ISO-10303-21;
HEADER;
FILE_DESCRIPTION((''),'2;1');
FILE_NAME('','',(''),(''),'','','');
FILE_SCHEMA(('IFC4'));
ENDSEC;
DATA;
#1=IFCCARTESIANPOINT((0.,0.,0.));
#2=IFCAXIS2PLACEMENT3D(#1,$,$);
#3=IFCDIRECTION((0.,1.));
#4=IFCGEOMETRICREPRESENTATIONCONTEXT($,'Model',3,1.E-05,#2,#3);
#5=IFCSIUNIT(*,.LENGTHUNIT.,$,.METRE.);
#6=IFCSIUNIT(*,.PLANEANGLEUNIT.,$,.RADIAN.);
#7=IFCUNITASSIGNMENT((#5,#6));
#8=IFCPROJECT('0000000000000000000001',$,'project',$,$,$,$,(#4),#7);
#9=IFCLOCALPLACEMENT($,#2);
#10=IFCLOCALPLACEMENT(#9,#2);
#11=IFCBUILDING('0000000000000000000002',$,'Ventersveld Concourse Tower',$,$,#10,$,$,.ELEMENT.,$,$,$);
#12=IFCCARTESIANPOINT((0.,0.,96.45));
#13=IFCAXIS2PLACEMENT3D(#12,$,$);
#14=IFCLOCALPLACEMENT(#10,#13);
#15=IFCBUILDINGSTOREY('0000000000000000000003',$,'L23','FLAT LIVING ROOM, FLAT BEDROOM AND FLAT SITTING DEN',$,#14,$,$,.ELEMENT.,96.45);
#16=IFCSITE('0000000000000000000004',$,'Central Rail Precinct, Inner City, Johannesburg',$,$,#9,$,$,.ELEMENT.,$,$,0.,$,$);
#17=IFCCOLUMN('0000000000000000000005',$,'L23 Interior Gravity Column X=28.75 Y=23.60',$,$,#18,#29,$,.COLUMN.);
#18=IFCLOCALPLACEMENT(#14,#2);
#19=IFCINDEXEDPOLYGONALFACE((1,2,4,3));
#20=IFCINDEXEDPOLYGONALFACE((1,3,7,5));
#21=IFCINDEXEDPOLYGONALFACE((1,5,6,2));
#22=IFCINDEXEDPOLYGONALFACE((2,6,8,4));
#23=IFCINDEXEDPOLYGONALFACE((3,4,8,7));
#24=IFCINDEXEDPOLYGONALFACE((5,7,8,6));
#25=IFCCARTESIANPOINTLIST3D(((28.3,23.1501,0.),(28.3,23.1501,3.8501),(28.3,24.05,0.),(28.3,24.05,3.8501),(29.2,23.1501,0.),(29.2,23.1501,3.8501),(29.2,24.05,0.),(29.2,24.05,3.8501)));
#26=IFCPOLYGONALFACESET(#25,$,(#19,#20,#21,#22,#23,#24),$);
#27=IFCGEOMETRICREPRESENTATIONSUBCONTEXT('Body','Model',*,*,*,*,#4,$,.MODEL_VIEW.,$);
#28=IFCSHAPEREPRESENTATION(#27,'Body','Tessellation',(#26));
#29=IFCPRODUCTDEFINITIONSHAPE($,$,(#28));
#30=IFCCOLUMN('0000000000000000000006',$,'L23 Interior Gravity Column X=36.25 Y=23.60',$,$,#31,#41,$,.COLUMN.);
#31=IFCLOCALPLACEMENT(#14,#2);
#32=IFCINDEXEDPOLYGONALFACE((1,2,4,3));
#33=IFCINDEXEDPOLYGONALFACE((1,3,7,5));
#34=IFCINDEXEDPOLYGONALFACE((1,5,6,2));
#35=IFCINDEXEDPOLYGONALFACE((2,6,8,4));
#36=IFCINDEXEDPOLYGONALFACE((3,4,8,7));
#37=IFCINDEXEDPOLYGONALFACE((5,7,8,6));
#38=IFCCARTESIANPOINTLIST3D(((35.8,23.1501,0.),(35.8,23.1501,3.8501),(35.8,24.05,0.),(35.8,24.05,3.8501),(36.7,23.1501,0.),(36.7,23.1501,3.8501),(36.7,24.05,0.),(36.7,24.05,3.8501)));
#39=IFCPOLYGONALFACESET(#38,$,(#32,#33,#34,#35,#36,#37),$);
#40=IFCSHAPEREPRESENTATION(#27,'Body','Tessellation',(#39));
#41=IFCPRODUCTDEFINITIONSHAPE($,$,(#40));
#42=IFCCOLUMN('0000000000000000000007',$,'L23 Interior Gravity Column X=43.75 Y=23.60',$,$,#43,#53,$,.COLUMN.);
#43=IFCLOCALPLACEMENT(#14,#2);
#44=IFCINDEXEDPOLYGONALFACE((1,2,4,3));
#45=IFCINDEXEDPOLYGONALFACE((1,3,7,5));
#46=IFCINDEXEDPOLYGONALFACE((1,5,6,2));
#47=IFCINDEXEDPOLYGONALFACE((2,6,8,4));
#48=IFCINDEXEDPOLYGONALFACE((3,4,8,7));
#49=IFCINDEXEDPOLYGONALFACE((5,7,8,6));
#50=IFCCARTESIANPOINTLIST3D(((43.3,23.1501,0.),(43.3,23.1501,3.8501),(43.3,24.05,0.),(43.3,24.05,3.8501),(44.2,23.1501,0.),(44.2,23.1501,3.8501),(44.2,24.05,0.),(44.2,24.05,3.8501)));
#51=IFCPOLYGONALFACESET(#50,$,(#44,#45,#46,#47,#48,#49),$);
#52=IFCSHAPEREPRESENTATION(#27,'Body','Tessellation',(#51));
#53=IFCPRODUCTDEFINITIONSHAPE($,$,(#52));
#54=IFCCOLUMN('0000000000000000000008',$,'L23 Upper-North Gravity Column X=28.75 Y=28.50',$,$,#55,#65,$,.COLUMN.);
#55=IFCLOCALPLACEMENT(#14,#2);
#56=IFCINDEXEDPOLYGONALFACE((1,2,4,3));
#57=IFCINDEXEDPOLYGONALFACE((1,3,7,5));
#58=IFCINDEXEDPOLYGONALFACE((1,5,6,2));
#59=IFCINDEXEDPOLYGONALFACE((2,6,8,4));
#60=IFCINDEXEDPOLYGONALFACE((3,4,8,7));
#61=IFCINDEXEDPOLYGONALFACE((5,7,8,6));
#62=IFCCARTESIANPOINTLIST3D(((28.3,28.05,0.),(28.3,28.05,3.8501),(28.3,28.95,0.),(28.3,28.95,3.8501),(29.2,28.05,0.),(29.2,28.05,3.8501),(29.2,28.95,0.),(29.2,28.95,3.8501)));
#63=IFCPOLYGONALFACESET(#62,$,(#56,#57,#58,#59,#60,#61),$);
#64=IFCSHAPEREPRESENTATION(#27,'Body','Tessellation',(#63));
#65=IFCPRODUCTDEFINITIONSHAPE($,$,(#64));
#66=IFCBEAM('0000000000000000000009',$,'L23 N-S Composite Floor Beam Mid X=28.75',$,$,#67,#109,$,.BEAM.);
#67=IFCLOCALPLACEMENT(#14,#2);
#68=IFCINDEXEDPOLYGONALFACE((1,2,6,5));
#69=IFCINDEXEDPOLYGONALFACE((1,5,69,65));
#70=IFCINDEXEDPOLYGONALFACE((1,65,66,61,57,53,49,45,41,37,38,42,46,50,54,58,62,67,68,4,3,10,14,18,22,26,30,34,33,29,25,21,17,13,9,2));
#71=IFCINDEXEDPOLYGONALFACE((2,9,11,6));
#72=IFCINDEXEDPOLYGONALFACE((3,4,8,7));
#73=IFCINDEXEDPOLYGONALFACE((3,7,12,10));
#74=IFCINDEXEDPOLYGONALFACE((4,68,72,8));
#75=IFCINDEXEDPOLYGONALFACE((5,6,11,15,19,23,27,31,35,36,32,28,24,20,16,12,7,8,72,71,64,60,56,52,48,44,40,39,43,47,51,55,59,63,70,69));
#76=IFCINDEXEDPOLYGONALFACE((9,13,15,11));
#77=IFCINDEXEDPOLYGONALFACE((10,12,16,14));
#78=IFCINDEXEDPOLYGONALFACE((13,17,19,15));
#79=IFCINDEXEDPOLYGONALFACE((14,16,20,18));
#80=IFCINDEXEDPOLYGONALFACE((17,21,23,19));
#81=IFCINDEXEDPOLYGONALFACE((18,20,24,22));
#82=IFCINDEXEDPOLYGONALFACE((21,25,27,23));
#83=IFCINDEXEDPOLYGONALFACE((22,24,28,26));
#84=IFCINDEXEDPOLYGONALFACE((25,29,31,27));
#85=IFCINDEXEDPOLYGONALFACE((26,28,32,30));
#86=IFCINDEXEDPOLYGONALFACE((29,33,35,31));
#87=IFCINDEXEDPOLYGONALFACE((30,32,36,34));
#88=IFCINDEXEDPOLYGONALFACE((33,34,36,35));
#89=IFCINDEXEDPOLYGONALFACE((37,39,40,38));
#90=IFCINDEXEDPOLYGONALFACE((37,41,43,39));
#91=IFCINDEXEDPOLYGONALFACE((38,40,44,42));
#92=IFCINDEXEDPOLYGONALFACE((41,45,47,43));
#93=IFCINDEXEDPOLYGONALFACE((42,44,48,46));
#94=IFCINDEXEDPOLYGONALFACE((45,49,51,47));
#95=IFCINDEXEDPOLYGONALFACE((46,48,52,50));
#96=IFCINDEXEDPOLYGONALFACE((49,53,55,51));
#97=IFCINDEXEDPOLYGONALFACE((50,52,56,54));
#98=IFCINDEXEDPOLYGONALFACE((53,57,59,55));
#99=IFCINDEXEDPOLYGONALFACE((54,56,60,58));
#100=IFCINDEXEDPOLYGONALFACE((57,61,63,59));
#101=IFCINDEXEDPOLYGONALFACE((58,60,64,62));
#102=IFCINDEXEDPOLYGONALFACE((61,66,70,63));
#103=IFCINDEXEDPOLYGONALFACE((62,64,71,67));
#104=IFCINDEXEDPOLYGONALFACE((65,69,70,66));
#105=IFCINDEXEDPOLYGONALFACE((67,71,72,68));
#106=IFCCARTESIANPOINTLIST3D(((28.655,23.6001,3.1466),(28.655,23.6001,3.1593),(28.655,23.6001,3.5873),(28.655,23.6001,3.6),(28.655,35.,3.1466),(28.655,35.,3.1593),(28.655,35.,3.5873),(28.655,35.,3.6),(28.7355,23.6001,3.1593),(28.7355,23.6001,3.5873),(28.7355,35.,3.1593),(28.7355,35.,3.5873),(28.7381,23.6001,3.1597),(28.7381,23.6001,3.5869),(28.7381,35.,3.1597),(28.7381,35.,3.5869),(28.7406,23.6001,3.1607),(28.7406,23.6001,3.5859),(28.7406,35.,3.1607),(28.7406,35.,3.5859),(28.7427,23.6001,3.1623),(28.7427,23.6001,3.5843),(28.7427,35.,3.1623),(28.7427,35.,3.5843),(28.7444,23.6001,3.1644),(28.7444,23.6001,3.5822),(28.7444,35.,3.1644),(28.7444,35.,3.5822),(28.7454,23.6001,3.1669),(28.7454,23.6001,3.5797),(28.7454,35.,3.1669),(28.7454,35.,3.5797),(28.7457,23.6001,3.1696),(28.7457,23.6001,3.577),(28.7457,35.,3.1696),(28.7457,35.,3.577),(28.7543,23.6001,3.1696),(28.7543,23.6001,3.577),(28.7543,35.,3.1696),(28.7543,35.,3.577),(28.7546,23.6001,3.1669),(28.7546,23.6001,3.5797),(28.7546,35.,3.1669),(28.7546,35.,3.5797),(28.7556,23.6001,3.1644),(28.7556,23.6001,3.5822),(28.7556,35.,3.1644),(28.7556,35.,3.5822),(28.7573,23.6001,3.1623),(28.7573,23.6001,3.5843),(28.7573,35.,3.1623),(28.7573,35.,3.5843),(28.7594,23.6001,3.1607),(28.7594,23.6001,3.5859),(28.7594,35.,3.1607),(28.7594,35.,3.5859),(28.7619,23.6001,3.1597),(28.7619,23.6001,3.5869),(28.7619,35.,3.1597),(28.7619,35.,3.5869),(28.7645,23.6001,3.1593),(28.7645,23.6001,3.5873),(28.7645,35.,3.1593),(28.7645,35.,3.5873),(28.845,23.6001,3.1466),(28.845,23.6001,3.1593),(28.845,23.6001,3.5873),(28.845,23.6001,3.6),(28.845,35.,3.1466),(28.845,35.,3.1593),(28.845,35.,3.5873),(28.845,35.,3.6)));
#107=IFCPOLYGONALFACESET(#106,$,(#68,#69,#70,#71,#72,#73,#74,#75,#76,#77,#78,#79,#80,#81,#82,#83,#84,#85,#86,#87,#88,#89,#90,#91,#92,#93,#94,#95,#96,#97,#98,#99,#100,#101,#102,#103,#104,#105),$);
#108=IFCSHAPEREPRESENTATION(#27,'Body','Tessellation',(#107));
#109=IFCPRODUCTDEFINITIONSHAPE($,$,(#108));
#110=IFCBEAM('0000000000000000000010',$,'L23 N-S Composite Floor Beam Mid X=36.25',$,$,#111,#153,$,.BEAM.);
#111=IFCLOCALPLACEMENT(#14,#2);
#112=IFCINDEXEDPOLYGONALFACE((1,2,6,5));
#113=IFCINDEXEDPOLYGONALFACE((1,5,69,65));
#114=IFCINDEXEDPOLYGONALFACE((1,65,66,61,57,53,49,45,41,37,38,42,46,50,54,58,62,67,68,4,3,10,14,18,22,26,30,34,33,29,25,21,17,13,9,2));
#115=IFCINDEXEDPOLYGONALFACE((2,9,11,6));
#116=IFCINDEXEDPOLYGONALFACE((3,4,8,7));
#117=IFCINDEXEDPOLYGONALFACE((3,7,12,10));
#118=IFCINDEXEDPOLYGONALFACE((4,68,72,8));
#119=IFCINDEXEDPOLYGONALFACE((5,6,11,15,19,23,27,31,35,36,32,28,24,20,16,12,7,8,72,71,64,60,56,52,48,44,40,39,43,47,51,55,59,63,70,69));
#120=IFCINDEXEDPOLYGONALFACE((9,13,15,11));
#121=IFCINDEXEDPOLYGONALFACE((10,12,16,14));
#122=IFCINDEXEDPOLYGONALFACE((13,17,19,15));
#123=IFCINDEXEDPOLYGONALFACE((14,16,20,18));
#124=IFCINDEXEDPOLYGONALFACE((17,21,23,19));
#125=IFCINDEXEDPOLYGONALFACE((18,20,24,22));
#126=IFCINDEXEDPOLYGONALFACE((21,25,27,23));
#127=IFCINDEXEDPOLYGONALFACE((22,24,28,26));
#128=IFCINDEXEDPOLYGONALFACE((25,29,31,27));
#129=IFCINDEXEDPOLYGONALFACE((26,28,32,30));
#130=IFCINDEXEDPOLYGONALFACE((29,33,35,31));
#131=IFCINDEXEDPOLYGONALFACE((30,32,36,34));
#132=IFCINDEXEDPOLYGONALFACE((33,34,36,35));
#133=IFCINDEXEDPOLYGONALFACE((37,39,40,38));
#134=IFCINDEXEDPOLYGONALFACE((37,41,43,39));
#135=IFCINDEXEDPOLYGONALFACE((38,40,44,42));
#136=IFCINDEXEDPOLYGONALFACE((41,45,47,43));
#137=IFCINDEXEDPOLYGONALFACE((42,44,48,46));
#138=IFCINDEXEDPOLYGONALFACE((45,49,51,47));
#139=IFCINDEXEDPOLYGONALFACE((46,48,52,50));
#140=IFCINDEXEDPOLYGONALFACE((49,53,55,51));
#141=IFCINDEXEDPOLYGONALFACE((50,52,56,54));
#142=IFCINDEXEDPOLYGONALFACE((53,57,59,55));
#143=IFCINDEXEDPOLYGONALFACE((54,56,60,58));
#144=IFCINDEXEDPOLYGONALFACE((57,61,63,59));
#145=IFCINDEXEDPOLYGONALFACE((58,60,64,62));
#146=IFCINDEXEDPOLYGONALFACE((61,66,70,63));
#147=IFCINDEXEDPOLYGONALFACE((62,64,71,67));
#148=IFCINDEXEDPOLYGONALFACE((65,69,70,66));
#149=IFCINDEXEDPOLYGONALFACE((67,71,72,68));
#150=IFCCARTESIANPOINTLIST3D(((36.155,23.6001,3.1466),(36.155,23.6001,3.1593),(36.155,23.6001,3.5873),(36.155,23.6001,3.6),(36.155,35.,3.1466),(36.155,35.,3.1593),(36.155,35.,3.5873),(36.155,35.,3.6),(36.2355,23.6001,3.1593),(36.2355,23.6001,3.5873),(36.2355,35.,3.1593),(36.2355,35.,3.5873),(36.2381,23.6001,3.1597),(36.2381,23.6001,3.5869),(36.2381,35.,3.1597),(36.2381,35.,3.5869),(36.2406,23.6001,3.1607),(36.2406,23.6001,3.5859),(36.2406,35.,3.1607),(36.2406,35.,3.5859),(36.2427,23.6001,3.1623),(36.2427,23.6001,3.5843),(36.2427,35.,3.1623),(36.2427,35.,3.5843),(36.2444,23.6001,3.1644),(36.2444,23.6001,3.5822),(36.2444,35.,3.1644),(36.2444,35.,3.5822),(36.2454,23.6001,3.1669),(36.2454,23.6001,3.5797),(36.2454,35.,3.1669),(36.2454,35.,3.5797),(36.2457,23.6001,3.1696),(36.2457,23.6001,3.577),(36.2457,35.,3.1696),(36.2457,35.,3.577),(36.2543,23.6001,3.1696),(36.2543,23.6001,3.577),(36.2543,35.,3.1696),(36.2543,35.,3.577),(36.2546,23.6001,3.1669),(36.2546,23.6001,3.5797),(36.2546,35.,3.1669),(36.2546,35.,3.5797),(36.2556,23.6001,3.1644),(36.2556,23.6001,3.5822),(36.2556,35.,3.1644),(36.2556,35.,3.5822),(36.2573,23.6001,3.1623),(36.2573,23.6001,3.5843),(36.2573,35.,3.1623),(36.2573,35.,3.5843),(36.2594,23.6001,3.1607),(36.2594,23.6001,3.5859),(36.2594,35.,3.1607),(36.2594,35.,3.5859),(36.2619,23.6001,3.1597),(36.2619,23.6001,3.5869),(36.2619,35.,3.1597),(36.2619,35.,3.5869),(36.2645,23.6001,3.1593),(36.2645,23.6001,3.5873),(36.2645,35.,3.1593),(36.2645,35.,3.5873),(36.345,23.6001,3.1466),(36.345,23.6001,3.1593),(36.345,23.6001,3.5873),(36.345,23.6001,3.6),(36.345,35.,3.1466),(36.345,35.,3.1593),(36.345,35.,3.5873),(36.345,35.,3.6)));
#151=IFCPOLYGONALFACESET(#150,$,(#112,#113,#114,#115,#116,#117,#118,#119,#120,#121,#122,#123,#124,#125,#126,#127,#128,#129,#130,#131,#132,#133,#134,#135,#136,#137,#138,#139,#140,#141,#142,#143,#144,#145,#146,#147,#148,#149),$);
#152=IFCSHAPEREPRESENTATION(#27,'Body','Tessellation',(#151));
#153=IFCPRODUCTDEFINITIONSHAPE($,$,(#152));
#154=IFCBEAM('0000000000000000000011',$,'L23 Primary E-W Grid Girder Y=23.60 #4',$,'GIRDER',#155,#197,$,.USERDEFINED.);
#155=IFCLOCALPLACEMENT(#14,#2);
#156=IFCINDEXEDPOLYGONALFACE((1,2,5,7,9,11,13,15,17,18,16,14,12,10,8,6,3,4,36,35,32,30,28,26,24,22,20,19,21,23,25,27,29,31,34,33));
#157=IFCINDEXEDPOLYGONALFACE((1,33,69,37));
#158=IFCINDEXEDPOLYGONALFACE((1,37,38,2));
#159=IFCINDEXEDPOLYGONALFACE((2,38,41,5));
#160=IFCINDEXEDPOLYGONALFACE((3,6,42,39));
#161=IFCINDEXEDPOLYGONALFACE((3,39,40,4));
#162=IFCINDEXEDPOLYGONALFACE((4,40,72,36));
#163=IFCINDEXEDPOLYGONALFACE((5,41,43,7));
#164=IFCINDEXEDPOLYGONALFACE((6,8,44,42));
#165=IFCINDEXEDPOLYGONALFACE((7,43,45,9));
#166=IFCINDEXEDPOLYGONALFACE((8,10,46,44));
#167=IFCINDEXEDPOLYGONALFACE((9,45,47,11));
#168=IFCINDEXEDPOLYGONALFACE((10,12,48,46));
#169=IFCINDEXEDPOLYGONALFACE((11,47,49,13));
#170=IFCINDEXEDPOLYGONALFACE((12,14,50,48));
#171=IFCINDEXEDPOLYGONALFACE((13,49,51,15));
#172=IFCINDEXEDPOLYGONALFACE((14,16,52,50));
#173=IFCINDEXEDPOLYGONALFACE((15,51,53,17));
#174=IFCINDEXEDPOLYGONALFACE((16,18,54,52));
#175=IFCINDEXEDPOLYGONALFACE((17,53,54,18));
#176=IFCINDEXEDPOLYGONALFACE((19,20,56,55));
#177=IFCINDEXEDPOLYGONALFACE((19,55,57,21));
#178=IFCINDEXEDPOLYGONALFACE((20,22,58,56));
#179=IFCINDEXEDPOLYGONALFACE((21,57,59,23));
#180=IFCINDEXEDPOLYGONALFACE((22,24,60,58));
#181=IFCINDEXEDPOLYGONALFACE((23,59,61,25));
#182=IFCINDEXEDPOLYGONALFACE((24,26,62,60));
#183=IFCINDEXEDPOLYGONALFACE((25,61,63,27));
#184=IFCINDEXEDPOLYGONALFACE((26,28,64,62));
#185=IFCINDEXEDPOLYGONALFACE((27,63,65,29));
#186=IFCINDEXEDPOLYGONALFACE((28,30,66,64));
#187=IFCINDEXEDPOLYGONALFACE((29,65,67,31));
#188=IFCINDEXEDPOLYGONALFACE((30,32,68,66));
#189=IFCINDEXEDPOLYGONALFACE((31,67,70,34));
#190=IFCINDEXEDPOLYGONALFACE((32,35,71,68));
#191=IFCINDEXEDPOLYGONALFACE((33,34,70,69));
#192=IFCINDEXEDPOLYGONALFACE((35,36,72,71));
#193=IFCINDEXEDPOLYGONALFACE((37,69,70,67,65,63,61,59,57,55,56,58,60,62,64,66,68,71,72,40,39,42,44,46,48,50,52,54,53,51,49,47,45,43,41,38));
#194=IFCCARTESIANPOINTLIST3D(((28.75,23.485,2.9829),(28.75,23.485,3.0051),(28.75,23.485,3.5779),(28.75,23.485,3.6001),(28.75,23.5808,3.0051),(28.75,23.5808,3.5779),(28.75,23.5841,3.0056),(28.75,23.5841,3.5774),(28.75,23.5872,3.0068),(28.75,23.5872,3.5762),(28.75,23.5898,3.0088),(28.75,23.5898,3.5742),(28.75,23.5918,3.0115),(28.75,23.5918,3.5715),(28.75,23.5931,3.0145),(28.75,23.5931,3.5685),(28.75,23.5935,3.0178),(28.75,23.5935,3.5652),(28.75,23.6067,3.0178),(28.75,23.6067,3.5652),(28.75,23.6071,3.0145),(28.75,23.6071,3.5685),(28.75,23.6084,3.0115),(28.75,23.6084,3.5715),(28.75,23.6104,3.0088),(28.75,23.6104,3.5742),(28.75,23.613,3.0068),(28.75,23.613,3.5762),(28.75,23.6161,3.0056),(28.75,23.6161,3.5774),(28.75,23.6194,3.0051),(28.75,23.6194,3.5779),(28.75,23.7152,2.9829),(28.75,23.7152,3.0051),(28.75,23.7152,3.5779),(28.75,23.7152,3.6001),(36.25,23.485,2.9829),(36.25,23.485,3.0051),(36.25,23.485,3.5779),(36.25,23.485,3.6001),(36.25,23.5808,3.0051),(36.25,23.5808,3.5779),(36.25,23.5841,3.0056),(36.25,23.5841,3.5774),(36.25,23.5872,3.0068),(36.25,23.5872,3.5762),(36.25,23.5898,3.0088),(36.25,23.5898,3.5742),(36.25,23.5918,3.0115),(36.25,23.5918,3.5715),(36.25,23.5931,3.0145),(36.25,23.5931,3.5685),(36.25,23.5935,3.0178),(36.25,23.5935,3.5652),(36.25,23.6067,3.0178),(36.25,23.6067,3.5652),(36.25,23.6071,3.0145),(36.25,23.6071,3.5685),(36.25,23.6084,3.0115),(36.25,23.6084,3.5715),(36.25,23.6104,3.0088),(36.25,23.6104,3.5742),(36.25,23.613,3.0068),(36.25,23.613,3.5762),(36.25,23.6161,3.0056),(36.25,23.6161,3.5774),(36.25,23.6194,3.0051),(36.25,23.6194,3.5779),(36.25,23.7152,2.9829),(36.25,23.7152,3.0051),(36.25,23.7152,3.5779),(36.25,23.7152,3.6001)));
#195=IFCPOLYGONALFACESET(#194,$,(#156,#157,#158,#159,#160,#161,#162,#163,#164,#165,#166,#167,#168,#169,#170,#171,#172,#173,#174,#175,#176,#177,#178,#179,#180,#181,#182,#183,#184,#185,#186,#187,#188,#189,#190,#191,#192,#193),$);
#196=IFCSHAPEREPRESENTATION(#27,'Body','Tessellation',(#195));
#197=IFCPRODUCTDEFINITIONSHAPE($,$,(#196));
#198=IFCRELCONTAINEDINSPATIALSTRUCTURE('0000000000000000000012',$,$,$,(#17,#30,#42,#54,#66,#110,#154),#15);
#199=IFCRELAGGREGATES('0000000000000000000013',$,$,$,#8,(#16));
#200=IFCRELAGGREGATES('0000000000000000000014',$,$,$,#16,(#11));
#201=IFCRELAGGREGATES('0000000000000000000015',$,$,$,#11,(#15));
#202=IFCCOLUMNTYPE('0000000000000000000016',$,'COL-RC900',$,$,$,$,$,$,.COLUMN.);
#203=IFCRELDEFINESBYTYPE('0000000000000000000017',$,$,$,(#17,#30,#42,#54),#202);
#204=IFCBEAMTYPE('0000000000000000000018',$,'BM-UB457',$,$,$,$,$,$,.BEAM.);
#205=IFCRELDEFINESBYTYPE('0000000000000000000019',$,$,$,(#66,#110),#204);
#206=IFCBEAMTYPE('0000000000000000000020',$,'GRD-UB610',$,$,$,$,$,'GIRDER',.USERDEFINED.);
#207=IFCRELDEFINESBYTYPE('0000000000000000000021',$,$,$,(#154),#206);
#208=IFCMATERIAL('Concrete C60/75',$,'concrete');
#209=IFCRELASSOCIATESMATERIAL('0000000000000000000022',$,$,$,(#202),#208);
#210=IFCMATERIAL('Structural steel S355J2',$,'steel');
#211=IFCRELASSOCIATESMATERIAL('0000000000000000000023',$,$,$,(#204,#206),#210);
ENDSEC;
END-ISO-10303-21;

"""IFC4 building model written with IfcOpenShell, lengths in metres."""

from ifc_helpers import new_model, si_unit, direction, frame, origin, origin_2d, place, context, subcontext, project, spatial, rectangle, i_section, extrude, material, material_profile, profile_set, type_object, element, save


model = new_model("IFC4")

# Units and contexts
model_context = context("Model", 3, precision=1e-05, world=origin(), true_north=direction((0.0, 1.0)))
body_context = subcontext(model_context, "Body", "Model", "MODEL_VIEW")
ifc_project = project(units=[si_unit("LENGTHUNIT", "METRE"), si_unit("PLANEANGLEUNIT", "RADIAN")], contexts=[model_context])

# Site, building, storey
site_placement = place(None, origin())
site = spatial("IfcSite", under=ifc_project, at=site_placement, Name="Central Rail Precinct, Inner City, Johannesburg", CompositionType="ELEMENT", RefElevation=0.0)
building_placement = place(site_placement, origin())
building = spatial("IfcBuilding", under=site, at=building_placement, Name="Ventersveld Concourse Tower", CompositionType="ELEMENT")
storey_placement = place(building_placement, frame((0.0, 0.0, 96.45)))
storey = spatial("IfcBuildingStorey", under=building, at=storey_placement, Name="L23", Description="FLAT LIVING ROOM, FLAT BEDROOM AND FLAT SITTING DEN", CompositionType="ELEMENT", Elevation=96.45)

# Columns
ifc_material_1 = material(Name="Concrete C60/75", Category="concrete")
ifc_material_profile_1 = material_profile(ifc_material_1, rectangle(XDim=0.8999, YDim=0.8999, at=origin_2d()), Name="RC 900x900")
ifc_profile_set_1 = profile_set([ifc_material_profile_1], Name="Concrete C60/75")
column_type = type_object("IfcColumnType", Name="COL-RC900", PredefinedType="COLUMN", material=ifc_profile_set_1)
for number, where, z_axis, x_axis, name in (
    (1, (28.75, 23.6001, 0.0), (0.0, 0.0, 1.0), (1.0, 0.0, 0.0), "L23 Interior Gravity Column X=28.75 Y=23.60"),
    (2, (36.25, 23.6001, 0.0), (0.0, 0.0, 1.0), (1.0, 0.0, 0.0), "L23 Interior Gravity Column X=36.25 Y=23.60"),
    (3, (43.75, 23.6001, 0.0), (0.0, 0.0, 1.0), (1.0, 0.0, 0.0), "L23 Interior Gravity Column X=43.75 Y=23.60"),
    (4, (28.75, 28.5, 0.0), (0.0, 0.0, 1.0), (1.0, 0.0, 0.0), "L23 Upper-North Gravity Column X=28.75 Y=28.50"),
):
    element("IfcColumn", number, at=place(storey_placement, frame(where, z_axis=z_axis, x_axis=x_axis)), inside=storey, type_object=column_type, Name=name, PredefinedType="COLUMN", context=body_context, shape_type="SweptSolid", body=[
        extrude(rectangle(XDim=0.8999, YDim=0.8999, at=origin_2d()), origin(), (0.0, 0.0, 1.0), 3.8501),
    ])

# Beams
ifc_material_2 = material(Name="Structural steel S355J2", Category="steel")
ifc_material_profile_2 = material_profile(ifc_material_2, i_section(OverallWidth=0.1899, OverallDepth=0.4534, WebThickness=0.0085, FlangeThickness=0.0127, FilletRadius=0.0103, at=origin_2d()), Name="UB 457x191x67")
ifc_profile_set_2 = profile_set([ifc_material_profile_2], Name="Structural steel S355J2")
beam_type_1 = type_object("IfcBeamType", Name="BM-UB457", PredefinedType="BEAM", material=ifc_profile_set_2)
for number, where, z_axis, x_axis, name in (
    (5, (28.75, 23.6001, 3.3733), (0.0, 1.0, 0.0), (-1.0, 0.0, 0.0), "L23 N-S Composite Floor Beam Mid X=28.75"),
    (6, (36.25, 23.6001, 3.3733), (0.0, 1.0, 0.0), (-1.0, 0.0, 0.0), "L23 N-S Composite Floor Beam Mid X=36.25"),
):
    element("IfcBeam", number, at=place(storey_placement, frame(where, z_axis=z_axis, x_axis=x_axis)), inside=storey, type_object=beam_type_1, Name=name, PredefinedType="BEAM", context=body_context, shape_type="SweptSolid", body=[
        extrude(i_section(OverallWidth=0.1899, OverallDepth=0.4534, WebThickness=0.0085, FlangeThickness=0.0127, FilletRadius=0.0103, at=origin_2d()), origin(), (0.0, 0.0, 1.0), 11.3999),
    ])
ifc_material_profile_3 = material_profile(ifc_material_2, i_section(OverallWidth=0.2302, OverallDepth=0.6172, WebThickness=0.0132, FlangeThickness=0.0222, FilletRadius=0.0127, at=origin_2d()), Name="UB 610x229x140")
ifc_profile_set_3 = profile_set([ifc_material_profile_3], Name="Structural steel S355J2")
beam_type_2 = type_object("IfcBeamType", Name="GRD-UB610", ElementType="GIRDER", PredefinedType="USERDEFINED", material=ifc_profile_set_3)
for number, where, z_axis, x_axis, name in (
    (7, (28.75, 23.6001, 3.2915), (1.0, 0.0, 0.0), (0.0, 1.0, 0.0), "L23 Primary E-W Grid Girder Y=23.60 #4"),
):
    element("IfcBeam", number, at=place(storey_placement, frame(where, z_axis=z_axis, x_axis=x_axis)), inside=storey, type_object=beam_type_2, Name=name, ObjectType="GIRDER", PredefinedType="USERDEFINED", context=body_context, shape_type="SweptSolid", body=[
        extrude(i_section(OverallWidth=0.2302, OverallDepth=0.6172, WebThickness=0.0132, FlangeThickness=0.0222, FilletRadius=0.0127, at=origin_2d()), origin(), (0.0, 0.0, 1.0), 7.5),
    ])

save(model, "model.ifc")
